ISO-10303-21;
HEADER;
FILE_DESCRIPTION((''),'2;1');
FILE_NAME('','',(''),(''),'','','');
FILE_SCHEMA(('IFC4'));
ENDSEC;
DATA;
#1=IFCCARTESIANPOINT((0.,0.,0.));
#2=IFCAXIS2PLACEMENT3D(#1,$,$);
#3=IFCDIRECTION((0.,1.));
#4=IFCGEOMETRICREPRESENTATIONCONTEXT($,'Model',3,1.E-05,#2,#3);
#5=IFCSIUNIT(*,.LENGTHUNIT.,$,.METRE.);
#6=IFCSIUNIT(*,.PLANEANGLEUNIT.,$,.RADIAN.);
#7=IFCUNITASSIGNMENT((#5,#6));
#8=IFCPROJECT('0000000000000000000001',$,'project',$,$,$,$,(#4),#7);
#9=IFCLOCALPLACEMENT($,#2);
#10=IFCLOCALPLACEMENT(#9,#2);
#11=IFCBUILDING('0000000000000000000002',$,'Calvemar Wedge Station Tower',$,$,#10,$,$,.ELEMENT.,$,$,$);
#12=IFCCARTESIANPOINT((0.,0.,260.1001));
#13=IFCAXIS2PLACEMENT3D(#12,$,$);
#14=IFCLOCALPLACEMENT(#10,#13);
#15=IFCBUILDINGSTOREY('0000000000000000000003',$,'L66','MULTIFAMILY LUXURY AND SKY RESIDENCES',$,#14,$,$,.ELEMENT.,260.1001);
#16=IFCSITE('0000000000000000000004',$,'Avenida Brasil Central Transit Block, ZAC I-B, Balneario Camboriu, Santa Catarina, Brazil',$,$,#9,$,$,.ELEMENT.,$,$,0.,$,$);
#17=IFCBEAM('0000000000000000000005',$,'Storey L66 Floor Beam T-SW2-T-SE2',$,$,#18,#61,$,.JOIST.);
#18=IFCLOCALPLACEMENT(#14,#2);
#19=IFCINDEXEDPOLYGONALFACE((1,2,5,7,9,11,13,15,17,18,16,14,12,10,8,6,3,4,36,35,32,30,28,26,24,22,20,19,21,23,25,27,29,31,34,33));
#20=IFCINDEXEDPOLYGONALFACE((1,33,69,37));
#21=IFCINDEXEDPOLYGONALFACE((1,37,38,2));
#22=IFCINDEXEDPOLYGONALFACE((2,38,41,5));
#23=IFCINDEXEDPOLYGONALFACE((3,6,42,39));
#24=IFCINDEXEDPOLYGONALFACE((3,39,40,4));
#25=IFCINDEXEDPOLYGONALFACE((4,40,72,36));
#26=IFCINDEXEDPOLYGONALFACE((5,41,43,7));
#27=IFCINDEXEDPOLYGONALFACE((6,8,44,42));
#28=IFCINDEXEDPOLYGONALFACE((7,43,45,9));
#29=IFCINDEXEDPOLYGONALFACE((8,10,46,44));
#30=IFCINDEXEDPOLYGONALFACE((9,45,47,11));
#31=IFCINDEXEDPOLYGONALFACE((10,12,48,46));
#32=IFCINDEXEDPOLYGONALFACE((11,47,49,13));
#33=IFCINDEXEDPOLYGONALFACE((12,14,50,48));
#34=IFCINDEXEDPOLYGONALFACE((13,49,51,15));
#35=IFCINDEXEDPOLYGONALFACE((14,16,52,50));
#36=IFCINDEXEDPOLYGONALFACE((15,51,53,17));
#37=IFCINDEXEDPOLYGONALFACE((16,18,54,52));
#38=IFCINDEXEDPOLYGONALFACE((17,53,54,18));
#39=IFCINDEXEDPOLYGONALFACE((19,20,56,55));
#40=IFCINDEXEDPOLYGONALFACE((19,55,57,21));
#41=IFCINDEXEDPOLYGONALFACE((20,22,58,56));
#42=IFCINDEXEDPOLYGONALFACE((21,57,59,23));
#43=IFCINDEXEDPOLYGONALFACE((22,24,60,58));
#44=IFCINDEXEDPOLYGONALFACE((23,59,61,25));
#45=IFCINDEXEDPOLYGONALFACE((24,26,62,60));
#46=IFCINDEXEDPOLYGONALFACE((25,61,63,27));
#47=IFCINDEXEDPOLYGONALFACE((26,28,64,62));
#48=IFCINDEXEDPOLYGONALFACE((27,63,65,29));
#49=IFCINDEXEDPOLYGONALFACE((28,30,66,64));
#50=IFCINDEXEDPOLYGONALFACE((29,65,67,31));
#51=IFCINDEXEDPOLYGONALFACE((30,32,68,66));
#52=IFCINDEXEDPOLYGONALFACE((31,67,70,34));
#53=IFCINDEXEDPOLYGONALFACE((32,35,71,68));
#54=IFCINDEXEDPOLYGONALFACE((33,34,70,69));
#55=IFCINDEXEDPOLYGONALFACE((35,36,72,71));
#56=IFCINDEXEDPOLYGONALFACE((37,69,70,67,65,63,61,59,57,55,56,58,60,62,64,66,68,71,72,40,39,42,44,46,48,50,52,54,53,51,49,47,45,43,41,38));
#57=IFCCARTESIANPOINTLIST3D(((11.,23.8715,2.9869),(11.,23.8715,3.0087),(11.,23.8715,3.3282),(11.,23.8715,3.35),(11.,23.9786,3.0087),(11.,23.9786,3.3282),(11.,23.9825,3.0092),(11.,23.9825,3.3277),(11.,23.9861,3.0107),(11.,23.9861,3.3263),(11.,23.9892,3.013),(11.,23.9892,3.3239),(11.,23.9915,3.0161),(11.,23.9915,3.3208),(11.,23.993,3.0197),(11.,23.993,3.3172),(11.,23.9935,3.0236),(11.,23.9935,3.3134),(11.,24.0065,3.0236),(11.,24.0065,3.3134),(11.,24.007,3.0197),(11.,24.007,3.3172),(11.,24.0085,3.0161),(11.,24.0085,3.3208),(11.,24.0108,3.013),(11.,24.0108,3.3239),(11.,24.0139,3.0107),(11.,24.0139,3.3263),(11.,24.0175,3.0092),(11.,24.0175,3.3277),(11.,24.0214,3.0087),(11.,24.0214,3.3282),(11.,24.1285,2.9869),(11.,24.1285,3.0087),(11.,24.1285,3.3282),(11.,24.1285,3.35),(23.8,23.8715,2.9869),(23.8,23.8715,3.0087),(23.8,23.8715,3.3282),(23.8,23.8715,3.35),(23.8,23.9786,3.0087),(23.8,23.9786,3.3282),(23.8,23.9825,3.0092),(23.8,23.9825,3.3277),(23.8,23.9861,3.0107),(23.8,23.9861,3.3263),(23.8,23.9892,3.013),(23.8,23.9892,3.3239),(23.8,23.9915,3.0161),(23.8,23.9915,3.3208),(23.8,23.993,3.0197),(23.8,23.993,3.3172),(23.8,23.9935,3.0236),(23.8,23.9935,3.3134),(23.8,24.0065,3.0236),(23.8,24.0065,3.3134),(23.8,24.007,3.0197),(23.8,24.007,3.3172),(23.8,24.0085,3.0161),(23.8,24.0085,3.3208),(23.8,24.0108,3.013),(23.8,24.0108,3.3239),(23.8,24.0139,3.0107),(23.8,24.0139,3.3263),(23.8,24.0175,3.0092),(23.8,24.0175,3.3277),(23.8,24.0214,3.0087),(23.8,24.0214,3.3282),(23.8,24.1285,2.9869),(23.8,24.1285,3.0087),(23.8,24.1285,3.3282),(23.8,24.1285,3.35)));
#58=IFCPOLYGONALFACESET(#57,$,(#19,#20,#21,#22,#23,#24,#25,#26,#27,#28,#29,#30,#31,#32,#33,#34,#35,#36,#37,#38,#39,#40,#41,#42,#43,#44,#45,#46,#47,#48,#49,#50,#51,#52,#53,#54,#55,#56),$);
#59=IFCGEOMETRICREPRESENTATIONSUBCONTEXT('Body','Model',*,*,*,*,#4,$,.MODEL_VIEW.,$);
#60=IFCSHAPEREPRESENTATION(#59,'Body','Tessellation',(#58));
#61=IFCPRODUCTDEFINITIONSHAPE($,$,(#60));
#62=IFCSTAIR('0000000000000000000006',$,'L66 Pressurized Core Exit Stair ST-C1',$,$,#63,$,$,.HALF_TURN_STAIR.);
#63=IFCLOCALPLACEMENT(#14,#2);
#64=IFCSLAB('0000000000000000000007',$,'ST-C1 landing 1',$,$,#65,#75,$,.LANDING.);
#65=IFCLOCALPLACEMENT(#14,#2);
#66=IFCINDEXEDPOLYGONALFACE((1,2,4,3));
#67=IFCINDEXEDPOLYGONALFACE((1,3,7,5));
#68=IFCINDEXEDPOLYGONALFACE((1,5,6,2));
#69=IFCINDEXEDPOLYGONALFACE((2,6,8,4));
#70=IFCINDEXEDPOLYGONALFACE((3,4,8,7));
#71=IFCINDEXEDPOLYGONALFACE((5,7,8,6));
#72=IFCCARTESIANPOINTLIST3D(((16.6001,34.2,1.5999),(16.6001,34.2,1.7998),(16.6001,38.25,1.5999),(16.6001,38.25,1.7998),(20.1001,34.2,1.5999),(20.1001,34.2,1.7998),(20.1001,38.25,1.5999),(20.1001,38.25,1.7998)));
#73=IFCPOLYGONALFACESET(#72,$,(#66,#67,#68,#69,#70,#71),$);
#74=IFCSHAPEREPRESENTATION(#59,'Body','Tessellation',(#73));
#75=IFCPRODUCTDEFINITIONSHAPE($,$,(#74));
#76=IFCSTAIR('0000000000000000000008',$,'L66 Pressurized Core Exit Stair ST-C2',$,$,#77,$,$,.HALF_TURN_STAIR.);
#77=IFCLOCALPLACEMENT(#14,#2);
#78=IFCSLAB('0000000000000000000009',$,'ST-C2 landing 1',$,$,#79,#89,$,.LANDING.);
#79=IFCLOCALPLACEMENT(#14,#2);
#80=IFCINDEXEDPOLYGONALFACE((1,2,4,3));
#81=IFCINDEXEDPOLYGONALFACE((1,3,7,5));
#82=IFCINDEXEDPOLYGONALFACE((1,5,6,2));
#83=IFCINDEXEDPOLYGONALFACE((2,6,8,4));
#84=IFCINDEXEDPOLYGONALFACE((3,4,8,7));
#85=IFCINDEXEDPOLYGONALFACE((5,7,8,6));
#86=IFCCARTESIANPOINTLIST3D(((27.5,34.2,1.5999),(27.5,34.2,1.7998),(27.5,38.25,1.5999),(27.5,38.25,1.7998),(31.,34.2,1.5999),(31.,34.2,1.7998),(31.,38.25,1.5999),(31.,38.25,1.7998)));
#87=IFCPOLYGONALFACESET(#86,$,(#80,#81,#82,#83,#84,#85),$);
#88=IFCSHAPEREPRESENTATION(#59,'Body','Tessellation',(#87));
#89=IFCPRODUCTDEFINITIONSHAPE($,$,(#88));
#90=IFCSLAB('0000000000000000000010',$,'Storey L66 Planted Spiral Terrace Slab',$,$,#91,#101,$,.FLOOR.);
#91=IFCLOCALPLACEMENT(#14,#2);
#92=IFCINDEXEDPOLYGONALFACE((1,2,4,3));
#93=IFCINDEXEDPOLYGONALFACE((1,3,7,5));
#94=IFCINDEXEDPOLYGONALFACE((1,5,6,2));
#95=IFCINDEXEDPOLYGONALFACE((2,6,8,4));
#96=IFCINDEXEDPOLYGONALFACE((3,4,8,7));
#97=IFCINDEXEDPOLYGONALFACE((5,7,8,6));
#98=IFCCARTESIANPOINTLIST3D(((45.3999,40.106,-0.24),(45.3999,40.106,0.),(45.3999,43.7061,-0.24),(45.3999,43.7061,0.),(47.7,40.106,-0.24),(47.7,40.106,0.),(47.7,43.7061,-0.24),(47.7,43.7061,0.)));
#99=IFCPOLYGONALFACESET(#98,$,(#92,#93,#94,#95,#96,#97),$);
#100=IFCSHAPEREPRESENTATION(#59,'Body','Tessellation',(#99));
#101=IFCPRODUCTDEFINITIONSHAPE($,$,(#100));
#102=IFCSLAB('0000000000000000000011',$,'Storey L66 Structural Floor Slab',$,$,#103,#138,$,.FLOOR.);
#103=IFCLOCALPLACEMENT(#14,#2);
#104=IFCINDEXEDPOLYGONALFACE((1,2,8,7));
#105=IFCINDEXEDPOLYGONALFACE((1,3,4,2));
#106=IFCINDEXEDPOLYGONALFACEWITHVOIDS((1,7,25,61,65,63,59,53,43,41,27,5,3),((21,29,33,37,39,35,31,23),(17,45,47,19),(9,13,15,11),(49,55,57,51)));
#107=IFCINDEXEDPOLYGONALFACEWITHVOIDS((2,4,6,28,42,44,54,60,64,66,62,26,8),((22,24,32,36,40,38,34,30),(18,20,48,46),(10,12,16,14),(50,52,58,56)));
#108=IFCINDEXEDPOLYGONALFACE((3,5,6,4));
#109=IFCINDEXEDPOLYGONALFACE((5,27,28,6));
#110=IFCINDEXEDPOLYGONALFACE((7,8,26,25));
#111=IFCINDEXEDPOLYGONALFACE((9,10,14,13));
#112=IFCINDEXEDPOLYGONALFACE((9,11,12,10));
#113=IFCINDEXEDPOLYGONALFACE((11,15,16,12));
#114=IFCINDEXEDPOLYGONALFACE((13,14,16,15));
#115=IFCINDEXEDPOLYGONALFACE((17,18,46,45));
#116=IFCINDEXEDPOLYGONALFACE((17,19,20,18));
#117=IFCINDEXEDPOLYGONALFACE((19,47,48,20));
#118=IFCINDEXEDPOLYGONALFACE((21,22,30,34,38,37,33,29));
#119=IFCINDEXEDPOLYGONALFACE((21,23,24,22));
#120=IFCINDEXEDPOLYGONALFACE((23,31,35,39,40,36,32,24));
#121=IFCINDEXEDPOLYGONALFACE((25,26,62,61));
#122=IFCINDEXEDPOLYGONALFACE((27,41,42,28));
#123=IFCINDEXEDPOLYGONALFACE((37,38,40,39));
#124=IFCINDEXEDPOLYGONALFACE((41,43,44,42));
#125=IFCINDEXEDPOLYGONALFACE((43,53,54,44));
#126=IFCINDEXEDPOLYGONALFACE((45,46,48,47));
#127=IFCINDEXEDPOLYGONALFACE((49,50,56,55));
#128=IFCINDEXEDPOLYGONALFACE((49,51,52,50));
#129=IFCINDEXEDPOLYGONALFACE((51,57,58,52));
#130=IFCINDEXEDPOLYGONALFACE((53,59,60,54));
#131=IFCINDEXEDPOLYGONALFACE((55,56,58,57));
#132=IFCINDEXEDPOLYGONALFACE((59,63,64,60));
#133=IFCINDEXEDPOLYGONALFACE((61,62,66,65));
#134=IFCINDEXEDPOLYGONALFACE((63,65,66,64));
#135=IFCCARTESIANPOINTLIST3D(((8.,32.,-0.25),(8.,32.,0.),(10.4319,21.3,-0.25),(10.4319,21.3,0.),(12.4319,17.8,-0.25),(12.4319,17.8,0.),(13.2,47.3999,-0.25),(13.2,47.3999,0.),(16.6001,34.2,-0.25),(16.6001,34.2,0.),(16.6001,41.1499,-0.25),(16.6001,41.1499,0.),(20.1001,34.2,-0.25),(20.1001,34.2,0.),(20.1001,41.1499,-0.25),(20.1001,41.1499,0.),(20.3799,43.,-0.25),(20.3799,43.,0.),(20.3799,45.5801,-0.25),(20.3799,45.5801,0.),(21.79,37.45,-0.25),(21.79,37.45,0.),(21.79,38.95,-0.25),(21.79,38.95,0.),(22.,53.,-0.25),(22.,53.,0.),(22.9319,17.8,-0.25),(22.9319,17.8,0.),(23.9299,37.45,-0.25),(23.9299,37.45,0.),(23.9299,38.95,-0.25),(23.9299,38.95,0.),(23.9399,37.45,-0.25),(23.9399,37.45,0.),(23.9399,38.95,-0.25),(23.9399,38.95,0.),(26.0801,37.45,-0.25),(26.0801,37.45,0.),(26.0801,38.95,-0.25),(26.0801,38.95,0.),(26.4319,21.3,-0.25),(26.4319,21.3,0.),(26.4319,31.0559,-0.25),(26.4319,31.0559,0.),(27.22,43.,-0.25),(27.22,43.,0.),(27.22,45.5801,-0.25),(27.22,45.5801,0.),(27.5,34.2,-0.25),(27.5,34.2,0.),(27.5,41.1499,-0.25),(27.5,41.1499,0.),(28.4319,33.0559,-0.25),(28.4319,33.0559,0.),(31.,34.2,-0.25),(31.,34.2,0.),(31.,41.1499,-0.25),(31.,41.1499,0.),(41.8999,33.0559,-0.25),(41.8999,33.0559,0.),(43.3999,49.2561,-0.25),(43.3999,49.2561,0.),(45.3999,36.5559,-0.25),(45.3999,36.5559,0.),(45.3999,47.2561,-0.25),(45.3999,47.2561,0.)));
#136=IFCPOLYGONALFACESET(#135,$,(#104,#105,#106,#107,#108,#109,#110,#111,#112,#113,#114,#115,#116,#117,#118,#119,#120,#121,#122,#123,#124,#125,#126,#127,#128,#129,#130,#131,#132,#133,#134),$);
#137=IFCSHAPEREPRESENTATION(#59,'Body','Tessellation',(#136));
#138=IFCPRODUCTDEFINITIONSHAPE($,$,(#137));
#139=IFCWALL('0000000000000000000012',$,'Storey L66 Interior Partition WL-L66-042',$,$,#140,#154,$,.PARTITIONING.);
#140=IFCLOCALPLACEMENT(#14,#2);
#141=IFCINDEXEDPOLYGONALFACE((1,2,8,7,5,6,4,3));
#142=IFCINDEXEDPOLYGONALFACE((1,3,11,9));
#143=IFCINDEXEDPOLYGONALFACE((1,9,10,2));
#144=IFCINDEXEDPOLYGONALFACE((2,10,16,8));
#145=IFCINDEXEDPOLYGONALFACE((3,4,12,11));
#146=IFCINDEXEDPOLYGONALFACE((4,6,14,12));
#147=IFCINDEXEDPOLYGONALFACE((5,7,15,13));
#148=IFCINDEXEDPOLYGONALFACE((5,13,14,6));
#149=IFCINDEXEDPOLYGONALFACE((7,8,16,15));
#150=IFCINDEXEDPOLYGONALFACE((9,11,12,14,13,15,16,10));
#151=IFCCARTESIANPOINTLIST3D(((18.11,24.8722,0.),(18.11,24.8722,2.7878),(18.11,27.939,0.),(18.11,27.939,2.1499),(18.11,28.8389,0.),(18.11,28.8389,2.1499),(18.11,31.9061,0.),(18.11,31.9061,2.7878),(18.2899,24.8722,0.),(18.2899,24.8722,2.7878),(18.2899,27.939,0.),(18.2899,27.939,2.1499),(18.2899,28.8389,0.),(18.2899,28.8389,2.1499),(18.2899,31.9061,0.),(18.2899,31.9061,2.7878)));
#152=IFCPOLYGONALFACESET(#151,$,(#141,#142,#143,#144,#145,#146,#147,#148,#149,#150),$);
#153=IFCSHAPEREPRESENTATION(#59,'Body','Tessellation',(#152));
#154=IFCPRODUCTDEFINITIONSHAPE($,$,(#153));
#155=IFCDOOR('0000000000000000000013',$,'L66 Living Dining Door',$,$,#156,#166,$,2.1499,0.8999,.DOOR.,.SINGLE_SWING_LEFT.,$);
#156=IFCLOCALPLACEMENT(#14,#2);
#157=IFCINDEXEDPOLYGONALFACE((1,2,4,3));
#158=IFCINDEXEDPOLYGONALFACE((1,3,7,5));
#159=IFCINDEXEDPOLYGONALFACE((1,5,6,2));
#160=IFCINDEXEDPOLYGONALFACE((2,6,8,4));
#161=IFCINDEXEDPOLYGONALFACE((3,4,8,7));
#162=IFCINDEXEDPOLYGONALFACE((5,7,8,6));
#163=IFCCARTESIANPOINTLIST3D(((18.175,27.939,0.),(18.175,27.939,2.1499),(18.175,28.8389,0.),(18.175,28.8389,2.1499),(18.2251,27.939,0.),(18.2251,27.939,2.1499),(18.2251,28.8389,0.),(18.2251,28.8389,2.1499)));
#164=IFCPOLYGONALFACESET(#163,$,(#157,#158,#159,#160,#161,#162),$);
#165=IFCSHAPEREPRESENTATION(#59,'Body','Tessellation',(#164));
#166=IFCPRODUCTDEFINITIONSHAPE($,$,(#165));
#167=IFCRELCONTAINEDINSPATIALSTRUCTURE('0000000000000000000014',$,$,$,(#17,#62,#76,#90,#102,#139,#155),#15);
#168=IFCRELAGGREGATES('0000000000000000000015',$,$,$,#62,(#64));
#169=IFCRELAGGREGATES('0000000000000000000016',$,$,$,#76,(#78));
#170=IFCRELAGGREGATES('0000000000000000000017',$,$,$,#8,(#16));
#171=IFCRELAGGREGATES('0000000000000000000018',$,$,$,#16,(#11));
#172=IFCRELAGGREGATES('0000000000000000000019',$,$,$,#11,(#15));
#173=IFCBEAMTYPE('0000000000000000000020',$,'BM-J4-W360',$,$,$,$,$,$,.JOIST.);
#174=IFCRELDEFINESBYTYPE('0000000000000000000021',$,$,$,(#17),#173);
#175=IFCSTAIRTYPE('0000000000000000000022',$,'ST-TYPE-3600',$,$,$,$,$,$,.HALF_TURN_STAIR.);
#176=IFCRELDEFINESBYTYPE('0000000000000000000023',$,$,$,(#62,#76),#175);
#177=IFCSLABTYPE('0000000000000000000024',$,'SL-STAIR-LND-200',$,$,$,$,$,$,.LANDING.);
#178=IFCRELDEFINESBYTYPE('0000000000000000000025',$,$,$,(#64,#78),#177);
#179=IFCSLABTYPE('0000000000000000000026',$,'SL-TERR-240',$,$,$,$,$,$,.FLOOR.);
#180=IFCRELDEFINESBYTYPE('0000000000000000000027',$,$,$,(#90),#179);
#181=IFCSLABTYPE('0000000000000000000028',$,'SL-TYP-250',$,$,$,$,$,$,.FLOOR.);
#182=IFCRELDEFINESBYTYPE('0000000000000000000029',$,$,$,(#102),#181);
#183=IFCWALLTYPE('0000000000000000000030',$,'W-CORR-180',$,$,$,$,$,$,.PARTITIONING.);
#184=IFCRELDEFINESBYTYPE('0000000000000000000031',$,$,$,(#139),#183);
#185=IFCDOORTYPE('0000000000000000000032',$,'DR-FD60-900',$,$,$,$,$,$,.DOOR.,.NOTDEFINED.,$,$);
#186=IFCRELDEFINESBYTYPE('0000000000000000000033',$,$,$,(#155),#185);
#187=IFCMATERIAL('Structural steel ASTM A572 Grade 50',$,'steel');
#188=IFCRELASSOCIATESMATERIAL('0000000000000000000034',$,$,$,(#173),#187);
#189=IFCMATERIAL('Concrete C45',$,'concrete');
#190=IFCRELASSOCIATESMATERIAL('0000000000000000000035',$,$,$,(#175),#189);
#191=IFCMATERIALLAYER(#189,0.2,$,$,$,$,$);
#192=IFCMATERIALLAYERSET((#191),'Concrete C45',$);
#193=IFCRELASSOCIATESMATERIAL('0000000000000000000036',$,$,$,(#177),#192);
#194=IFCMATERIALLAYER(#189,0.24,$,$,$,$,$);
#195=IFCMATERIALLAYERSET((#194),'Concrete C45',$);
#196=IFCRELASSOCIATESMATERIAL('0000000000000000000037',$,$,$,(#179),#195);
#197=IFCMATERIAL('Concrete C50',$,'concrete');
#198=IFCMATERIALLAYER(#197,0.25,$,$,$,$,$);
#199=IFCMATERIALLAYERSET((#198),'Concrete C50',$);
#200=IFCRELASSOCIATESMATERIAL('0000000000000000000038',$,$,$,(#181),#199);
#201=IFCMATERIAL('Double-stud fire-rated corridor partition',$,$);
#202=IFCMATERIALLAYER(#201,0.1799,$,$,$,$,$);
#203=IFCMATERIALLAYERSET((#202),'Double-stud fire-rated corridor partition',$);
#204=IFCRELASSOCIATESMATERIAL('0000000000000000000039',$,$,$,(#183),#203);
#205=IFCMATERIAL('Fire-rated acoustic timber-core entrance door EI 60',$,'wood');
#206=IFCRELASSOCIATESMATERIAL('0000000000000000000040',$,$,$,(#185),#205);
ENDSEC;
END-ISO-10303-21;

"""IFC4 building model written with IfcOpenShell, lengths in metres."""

from ifc_helpers import new_model, si_unit, direction, frame, frame_2d, origin, origin_2d, place, context, subcontext, project, spatial, polyline, rectangle, i_section, outline, extrude, source, transform, mapped, material, layer, layer_set, material_profile, profile_set, type_object, element, fill, aggregate, save


model = new_model("IFC4")

# Units and contexts
model_context = context("Model", 3, precision=1e-05, world=origin(), true_north=direction((0.0, 1.0)))
body_context = subcontext(model_context, "Body", "Model", "MODEL_VIEW")
ifc_project = project(units=[si_unit("LENGTHUNIT", "METRE"), si_unit("PLANEANGLEUNIT", "RADIAN")], contexts=[model_context])

# Site, building, storey
site_placement = place(None, origin())
site = spatial("IfcSite", under=ifc_project, at=site_placement, Name="Avenida Brasil Central Transit Block, ZAC I-B, Balneario Camboriu, Santa Catarina, Brazil", CompositionType="ELEMENT", RefElevation=0.0)
building_placement = place(site_placement, origin())
building = spatial("IfcBuilding", under=site, at=building_placement, Name="Calvemar Wedge Station Tower", CompositionType="ELEMENT")
storey_placement = place(building_placement, frame((0.0, 0.0, 260.1001)))
storey = spatial("IfcBuildingStorey", under=building, at=storey_placement, Name="L66", Description="MULTIFAMILY LUXURY AND SKY RESIDENCES", CompositionType="ELEMENT", Elevation=260.1001)

# Shared definitions
ifc_material_1 = material(Name="Concrete C50", Category="concrete")

# Beam
ifc_material_2 = material(Name="Structural steel ASTM A572 Grade 50", Category="steel")
ifc_material_profile_1 = material_profile(ifc_material_2, i_section(OverallWidth=0.2571, OverallDepth=0.363, WebThickness=0.0129, FlangeThickness=0.0217, FilletRadius=0.0149, at=origin_2d()), Name="W360x122")
ifc_profile_set_1 = profile_set([ifc_material_profile_1], Name="Structural steel ASTM A572 Grade 50")
beam_type_1 = type_object("IfcBeamType", Name="BM-J4-W360", PredefinedType="JOIST", material=ifc_profile_set_1)
shared_shape_1 = source(origin(), body_context, "Body", "SweptSolid", [
    extrude(i_section(OverallWidth=0.2571, OverallDepth=0.363, WebThickness=0.0129, FlangeThickness=0.0217, FilletRadius=0.0149, at=origin_2d()), origin(), (0.0, 0.0, 1.0), 12.8),
])
for number, where, z_axis, x_axis, name in (
    (1, (11.0, 24.0, 3.1685), (1.0, 0.0, 0.0), (0.0, 1.0, 0.0), "Storey L66 Floor Beam T-SW2-T-SE2"),
):
    element("IfcBeam", number, at=place(storey_placement, frame(where, z_axis=z_axis, x_axis=x_axis)), inside=storey, type_object=beam_type_1, Name=name, PredefinedType="JOIST", context=body_context, shape_type="MappedRepresentation", body=[
        mapped(shared_shape_1, transform((0.0, 0.0, 0.0), scale=1.0)),
    ])

# Stairs, slabs
ifc_material_3 = material(Name="Concrete C45", Category="concrete")
stair_type = type_object("IfcStairType", Name="ST-TYPE-3600", PredefinedType="HALF_TURN_STAIR", material=ifc_material_3)
stair_1_placement = place(storey_placement, origin())
stair_1 = element("IfcStair", 2, at=stair_1_placement, inside=storey, type_object=stair_type, Name="L66 Pressurized Core Exit Stair ST-C1", PredefinedType="HALF_TURN_STAIR")
ifc_layer_1 = layer(ifc_material_3, 0.2)
ifc_layer_set_1 = layer_set([ifc_layer_1], Name="Concrete C45")
slab_type_1 = type_object("IfcSlabType", Name="SL-STAIR-LND-200", PredefinedType="LANDING", material=ifc_layer_set_1)
slab_1_placement = place(storey_placement, frame((0.0, 0.0, 1.5999)))
slab_1 = element("IfcSlab", 3, at=slab_1_placement, type_object=slab_type_1, Name="ST-C1 landing 1", PredefinedType="LANDING", context=body_context, shape_type="SweptSolid", body=[
    extrude(outline(polyline([(16.6001, 38.25), (16.6001, 34.2), (20.1001, 34.2), (20.1001, 38.25), (16.6001, 38.25)])), origin(), (0.0, 0.0, 1.0), 0.2),
])
aggregate(stair_1, [slab_1])
stair_2_placement = place(storey_placement, origin())
stair_2 = element("IfcStair", 4, at=stair_2_placement, inside=storey, type_object=stair_type, Name="L66 Pressurized Core Exit Stair ST-C2", PredefinedType="HALF_TURN_STAIR")
slab_2_placement = place(storey_placement, frame((0.0, 0.0, 1.5999)))
slab_2 = element("IfcSlab", 5, at=slab_2_placement, type_object=slab_type_1, Name="ST-C2 landing 1", PredefinedType="LANDING", context=body_context, shape_type="SweptSolid", body=[
    extrude(outline(polyline([(27.5, 38.25), (27.5, 34.2), (31.0, 34.2), (31.0, 38.25), (27.5, 38.25)])), origin(), (0.0, 0.0, 1.0), 0.2),
])
aggregate(stair_2, [slab_2])

# Slabs
ifc_layer_2 = layer(ifc_material_3, 0.24)
ifc_layer_set_2 = layer_set([ifc_layer_2], Name="Concrete C45")
slab_type_2 = type_object("IfcSlabType", Name="SL-TERR-240", PredefinedType="FLOOR", material=ifc_layer_set_2)
slab_3_placement = place(storey_placement, frame((0.0, 0.0, -0.24)))
element("IfcSlab", 6, at=slab_3_placement, inside=storey, type_object=slab_type_2, Name="Storey L66 Planted Spiral Terrace Slab", PredefinedType="FLOOR", context=body_context, shape_type="SweptSolid", body=[
    extrude(outline(polyline([(45.3999, 40.106), (47.7, 40.106), (47.7, 43.7061), (45.3999, 43.7061), (45.3999, 40.106)])), origin(), (0.0, 0.0, 1.0), 0.24),
])
ifc_layer_3 = layer(ifc_material_1, 0.25)
ifc_layer_set_3 = layer_set([ifc_layer_3], Name="Concrete C50")
slab_type_3 = type_object("IfcSlabType", Name="SL-TYP-250", PredefinedType="FLOOR", material=ifc_layer_set_3)
slab_4_placement = place(storey_placement, frame((0.0, 0.0, -0.25)))
element("IfcSlab", 7, at=slab_4_placement, inside=storey, type_object=slab_type_3, Name="Storey L66 Structural Floor Slab", PredefinedType="FLOOR", context=body_context, shape_type="SweptSolid", body=[
    extrude(outline(polyline([(8.0, 32.0), (10.4319, 21.3), (12.4319, 17.8), (22.9319, 17.8), (26.4319, 21.3), (26.4319, 31.0559), (28.4319, 33.0559), (41.8999, 33.0559), (45.3999, 36.5559), (45.3999, 47.2561), (43.3999, 49.2561), (22.0, 53.0), (13.2, 47.3999), (8.0, 32.0)]), holes=[polyline([(20.1001, 34.2), (20.1001, 41.1499), (16.6001, 41.1499), (16.6001, 34.2), (20.1001, 34.2)]), polyline([(31.0, 34.2), (31.0, 41.1499), (27.5, 41.1499), (27.5, 34.2), (31.0, 34.2)]), polyline([(23.9299, 38.95), (21.79, 38.95), (21.79, 37.45), (23.9299, 37.45), (23.9399, 37.45), (26.0801, 37.45), (26.0801, 38.95), (23.9399, 38.95), (23.9299, 38.95)]), polyline([(27.22, 43.0), (27.22, 45.5801), (20.3799, 45.5801), (20.3799, 43.0), (27.22, 43.0)])]), origin(), (0.0, 0.0, 1.0), 0.25),
])

# Wall, opening, door
ifc_material_4 = material(Name="Double-stud fire-rated corridor partition")
ifc_layer_4 = layer(ifc_material_4, 0.1799)
ifc_layer_set_4 = layer_set([ifc_layer_4], Name="Double-stud fire-rated corridor partition")
wall_type_1 = type_object("IfcWallType", Name="W-CORR-180", PredefinedType="PARTITIONING", material=ifc_layer_set_4)
wall_1_placement = place(storey_placement, frame((18.2, 24.8721, 0.0), z_axis=(0.0, 0.0, 1.0), x_axis=(0.0, 1.0, 0.0)))
wall_1 = element("IfcWall", 8, at=wall_1_placement, inside=storey, type_object=wall_type_1, Name="Storey L66 Interior Partition WL-L66-042", PredefinedType="PARTITIONING", context=body_context, shape_type="SweptSolid", body=[
    extrude(rectangle(XDim=7.0339, YDim=0.1799, at=frame_2d((3.5171, 0.0))), origin(), (0.0, 0.0, 1.0), 2.7878),
])
shared_shape_2 = source(origin(), body_context, "Body", "SweptSolid", [
    extrude(rectangle(XDim=0.8999, YDim=2.1499, at=frame_2d((0.45, 1.075))), frame((0.0, 0.1001, 0.0), z_axis=(0.0, -1.0, 0.0), x_axis=(1.0, 0.0, 0.0)), (0.0, 0.0, 1.0), 0.2),
])
opening_1_placement = place(wall_1_placement, frame((3.0669, 0.0, 0.0)))
opening_1 = element("IfcOpeningElement", 9, at=opening_1_placement, cuts=wall_1, PredefinedType="OPENING", context=body_context, shape_type="MappedRepresentation", body=[
    mapped(shared_shape_2, transform((0.0, 0.0, 0.0), scale=1.0)),
])
ifc_material_5 = material(Name="Fire-rated acoustic timber-core entrance door EI 60", Category="wood")
door_type_1 = type_object("IfcDoorType", Name="DR-FD60-900", OperationType="NOTDEFINED", PredefinedType="DOOR", material=ifc_material_5)
shared_shape_3 = source(origin(), body_context, "Body", "SweptSolid", [
    extrude(rectangle(XDim=0.8999, YDim=2.1499, at=frame_2d((0.45, 1.075))), frame((0.0, 0.0249, 0.0), z_axis=(0.0, -1.0, 0.0), x_axis=(1.0, 0.0, 0.0)), (0.0, 0.0, 1.0), 0.05),
])
door_1_placement = place(opening_1_placement, origin())
door_1 = element("IfcDoor", 10, at=door_1_placement, inside=storey, type_object=door_type_1, Name="L66 Living Dining Door", OperationType="SINGLE_SWING_LEFT", OverallHeight=2.1499, OverallWidth=0.8999, PredefinedType="DOOR", context=body_context, shape_type="MappedRepresentation", body=[
    mapped(shared_shape_3, transform((0.0, 0.0, 0.0), scale=1.0)),
])
fill(opening_1, door_1)

save(model, "model.ifc")
